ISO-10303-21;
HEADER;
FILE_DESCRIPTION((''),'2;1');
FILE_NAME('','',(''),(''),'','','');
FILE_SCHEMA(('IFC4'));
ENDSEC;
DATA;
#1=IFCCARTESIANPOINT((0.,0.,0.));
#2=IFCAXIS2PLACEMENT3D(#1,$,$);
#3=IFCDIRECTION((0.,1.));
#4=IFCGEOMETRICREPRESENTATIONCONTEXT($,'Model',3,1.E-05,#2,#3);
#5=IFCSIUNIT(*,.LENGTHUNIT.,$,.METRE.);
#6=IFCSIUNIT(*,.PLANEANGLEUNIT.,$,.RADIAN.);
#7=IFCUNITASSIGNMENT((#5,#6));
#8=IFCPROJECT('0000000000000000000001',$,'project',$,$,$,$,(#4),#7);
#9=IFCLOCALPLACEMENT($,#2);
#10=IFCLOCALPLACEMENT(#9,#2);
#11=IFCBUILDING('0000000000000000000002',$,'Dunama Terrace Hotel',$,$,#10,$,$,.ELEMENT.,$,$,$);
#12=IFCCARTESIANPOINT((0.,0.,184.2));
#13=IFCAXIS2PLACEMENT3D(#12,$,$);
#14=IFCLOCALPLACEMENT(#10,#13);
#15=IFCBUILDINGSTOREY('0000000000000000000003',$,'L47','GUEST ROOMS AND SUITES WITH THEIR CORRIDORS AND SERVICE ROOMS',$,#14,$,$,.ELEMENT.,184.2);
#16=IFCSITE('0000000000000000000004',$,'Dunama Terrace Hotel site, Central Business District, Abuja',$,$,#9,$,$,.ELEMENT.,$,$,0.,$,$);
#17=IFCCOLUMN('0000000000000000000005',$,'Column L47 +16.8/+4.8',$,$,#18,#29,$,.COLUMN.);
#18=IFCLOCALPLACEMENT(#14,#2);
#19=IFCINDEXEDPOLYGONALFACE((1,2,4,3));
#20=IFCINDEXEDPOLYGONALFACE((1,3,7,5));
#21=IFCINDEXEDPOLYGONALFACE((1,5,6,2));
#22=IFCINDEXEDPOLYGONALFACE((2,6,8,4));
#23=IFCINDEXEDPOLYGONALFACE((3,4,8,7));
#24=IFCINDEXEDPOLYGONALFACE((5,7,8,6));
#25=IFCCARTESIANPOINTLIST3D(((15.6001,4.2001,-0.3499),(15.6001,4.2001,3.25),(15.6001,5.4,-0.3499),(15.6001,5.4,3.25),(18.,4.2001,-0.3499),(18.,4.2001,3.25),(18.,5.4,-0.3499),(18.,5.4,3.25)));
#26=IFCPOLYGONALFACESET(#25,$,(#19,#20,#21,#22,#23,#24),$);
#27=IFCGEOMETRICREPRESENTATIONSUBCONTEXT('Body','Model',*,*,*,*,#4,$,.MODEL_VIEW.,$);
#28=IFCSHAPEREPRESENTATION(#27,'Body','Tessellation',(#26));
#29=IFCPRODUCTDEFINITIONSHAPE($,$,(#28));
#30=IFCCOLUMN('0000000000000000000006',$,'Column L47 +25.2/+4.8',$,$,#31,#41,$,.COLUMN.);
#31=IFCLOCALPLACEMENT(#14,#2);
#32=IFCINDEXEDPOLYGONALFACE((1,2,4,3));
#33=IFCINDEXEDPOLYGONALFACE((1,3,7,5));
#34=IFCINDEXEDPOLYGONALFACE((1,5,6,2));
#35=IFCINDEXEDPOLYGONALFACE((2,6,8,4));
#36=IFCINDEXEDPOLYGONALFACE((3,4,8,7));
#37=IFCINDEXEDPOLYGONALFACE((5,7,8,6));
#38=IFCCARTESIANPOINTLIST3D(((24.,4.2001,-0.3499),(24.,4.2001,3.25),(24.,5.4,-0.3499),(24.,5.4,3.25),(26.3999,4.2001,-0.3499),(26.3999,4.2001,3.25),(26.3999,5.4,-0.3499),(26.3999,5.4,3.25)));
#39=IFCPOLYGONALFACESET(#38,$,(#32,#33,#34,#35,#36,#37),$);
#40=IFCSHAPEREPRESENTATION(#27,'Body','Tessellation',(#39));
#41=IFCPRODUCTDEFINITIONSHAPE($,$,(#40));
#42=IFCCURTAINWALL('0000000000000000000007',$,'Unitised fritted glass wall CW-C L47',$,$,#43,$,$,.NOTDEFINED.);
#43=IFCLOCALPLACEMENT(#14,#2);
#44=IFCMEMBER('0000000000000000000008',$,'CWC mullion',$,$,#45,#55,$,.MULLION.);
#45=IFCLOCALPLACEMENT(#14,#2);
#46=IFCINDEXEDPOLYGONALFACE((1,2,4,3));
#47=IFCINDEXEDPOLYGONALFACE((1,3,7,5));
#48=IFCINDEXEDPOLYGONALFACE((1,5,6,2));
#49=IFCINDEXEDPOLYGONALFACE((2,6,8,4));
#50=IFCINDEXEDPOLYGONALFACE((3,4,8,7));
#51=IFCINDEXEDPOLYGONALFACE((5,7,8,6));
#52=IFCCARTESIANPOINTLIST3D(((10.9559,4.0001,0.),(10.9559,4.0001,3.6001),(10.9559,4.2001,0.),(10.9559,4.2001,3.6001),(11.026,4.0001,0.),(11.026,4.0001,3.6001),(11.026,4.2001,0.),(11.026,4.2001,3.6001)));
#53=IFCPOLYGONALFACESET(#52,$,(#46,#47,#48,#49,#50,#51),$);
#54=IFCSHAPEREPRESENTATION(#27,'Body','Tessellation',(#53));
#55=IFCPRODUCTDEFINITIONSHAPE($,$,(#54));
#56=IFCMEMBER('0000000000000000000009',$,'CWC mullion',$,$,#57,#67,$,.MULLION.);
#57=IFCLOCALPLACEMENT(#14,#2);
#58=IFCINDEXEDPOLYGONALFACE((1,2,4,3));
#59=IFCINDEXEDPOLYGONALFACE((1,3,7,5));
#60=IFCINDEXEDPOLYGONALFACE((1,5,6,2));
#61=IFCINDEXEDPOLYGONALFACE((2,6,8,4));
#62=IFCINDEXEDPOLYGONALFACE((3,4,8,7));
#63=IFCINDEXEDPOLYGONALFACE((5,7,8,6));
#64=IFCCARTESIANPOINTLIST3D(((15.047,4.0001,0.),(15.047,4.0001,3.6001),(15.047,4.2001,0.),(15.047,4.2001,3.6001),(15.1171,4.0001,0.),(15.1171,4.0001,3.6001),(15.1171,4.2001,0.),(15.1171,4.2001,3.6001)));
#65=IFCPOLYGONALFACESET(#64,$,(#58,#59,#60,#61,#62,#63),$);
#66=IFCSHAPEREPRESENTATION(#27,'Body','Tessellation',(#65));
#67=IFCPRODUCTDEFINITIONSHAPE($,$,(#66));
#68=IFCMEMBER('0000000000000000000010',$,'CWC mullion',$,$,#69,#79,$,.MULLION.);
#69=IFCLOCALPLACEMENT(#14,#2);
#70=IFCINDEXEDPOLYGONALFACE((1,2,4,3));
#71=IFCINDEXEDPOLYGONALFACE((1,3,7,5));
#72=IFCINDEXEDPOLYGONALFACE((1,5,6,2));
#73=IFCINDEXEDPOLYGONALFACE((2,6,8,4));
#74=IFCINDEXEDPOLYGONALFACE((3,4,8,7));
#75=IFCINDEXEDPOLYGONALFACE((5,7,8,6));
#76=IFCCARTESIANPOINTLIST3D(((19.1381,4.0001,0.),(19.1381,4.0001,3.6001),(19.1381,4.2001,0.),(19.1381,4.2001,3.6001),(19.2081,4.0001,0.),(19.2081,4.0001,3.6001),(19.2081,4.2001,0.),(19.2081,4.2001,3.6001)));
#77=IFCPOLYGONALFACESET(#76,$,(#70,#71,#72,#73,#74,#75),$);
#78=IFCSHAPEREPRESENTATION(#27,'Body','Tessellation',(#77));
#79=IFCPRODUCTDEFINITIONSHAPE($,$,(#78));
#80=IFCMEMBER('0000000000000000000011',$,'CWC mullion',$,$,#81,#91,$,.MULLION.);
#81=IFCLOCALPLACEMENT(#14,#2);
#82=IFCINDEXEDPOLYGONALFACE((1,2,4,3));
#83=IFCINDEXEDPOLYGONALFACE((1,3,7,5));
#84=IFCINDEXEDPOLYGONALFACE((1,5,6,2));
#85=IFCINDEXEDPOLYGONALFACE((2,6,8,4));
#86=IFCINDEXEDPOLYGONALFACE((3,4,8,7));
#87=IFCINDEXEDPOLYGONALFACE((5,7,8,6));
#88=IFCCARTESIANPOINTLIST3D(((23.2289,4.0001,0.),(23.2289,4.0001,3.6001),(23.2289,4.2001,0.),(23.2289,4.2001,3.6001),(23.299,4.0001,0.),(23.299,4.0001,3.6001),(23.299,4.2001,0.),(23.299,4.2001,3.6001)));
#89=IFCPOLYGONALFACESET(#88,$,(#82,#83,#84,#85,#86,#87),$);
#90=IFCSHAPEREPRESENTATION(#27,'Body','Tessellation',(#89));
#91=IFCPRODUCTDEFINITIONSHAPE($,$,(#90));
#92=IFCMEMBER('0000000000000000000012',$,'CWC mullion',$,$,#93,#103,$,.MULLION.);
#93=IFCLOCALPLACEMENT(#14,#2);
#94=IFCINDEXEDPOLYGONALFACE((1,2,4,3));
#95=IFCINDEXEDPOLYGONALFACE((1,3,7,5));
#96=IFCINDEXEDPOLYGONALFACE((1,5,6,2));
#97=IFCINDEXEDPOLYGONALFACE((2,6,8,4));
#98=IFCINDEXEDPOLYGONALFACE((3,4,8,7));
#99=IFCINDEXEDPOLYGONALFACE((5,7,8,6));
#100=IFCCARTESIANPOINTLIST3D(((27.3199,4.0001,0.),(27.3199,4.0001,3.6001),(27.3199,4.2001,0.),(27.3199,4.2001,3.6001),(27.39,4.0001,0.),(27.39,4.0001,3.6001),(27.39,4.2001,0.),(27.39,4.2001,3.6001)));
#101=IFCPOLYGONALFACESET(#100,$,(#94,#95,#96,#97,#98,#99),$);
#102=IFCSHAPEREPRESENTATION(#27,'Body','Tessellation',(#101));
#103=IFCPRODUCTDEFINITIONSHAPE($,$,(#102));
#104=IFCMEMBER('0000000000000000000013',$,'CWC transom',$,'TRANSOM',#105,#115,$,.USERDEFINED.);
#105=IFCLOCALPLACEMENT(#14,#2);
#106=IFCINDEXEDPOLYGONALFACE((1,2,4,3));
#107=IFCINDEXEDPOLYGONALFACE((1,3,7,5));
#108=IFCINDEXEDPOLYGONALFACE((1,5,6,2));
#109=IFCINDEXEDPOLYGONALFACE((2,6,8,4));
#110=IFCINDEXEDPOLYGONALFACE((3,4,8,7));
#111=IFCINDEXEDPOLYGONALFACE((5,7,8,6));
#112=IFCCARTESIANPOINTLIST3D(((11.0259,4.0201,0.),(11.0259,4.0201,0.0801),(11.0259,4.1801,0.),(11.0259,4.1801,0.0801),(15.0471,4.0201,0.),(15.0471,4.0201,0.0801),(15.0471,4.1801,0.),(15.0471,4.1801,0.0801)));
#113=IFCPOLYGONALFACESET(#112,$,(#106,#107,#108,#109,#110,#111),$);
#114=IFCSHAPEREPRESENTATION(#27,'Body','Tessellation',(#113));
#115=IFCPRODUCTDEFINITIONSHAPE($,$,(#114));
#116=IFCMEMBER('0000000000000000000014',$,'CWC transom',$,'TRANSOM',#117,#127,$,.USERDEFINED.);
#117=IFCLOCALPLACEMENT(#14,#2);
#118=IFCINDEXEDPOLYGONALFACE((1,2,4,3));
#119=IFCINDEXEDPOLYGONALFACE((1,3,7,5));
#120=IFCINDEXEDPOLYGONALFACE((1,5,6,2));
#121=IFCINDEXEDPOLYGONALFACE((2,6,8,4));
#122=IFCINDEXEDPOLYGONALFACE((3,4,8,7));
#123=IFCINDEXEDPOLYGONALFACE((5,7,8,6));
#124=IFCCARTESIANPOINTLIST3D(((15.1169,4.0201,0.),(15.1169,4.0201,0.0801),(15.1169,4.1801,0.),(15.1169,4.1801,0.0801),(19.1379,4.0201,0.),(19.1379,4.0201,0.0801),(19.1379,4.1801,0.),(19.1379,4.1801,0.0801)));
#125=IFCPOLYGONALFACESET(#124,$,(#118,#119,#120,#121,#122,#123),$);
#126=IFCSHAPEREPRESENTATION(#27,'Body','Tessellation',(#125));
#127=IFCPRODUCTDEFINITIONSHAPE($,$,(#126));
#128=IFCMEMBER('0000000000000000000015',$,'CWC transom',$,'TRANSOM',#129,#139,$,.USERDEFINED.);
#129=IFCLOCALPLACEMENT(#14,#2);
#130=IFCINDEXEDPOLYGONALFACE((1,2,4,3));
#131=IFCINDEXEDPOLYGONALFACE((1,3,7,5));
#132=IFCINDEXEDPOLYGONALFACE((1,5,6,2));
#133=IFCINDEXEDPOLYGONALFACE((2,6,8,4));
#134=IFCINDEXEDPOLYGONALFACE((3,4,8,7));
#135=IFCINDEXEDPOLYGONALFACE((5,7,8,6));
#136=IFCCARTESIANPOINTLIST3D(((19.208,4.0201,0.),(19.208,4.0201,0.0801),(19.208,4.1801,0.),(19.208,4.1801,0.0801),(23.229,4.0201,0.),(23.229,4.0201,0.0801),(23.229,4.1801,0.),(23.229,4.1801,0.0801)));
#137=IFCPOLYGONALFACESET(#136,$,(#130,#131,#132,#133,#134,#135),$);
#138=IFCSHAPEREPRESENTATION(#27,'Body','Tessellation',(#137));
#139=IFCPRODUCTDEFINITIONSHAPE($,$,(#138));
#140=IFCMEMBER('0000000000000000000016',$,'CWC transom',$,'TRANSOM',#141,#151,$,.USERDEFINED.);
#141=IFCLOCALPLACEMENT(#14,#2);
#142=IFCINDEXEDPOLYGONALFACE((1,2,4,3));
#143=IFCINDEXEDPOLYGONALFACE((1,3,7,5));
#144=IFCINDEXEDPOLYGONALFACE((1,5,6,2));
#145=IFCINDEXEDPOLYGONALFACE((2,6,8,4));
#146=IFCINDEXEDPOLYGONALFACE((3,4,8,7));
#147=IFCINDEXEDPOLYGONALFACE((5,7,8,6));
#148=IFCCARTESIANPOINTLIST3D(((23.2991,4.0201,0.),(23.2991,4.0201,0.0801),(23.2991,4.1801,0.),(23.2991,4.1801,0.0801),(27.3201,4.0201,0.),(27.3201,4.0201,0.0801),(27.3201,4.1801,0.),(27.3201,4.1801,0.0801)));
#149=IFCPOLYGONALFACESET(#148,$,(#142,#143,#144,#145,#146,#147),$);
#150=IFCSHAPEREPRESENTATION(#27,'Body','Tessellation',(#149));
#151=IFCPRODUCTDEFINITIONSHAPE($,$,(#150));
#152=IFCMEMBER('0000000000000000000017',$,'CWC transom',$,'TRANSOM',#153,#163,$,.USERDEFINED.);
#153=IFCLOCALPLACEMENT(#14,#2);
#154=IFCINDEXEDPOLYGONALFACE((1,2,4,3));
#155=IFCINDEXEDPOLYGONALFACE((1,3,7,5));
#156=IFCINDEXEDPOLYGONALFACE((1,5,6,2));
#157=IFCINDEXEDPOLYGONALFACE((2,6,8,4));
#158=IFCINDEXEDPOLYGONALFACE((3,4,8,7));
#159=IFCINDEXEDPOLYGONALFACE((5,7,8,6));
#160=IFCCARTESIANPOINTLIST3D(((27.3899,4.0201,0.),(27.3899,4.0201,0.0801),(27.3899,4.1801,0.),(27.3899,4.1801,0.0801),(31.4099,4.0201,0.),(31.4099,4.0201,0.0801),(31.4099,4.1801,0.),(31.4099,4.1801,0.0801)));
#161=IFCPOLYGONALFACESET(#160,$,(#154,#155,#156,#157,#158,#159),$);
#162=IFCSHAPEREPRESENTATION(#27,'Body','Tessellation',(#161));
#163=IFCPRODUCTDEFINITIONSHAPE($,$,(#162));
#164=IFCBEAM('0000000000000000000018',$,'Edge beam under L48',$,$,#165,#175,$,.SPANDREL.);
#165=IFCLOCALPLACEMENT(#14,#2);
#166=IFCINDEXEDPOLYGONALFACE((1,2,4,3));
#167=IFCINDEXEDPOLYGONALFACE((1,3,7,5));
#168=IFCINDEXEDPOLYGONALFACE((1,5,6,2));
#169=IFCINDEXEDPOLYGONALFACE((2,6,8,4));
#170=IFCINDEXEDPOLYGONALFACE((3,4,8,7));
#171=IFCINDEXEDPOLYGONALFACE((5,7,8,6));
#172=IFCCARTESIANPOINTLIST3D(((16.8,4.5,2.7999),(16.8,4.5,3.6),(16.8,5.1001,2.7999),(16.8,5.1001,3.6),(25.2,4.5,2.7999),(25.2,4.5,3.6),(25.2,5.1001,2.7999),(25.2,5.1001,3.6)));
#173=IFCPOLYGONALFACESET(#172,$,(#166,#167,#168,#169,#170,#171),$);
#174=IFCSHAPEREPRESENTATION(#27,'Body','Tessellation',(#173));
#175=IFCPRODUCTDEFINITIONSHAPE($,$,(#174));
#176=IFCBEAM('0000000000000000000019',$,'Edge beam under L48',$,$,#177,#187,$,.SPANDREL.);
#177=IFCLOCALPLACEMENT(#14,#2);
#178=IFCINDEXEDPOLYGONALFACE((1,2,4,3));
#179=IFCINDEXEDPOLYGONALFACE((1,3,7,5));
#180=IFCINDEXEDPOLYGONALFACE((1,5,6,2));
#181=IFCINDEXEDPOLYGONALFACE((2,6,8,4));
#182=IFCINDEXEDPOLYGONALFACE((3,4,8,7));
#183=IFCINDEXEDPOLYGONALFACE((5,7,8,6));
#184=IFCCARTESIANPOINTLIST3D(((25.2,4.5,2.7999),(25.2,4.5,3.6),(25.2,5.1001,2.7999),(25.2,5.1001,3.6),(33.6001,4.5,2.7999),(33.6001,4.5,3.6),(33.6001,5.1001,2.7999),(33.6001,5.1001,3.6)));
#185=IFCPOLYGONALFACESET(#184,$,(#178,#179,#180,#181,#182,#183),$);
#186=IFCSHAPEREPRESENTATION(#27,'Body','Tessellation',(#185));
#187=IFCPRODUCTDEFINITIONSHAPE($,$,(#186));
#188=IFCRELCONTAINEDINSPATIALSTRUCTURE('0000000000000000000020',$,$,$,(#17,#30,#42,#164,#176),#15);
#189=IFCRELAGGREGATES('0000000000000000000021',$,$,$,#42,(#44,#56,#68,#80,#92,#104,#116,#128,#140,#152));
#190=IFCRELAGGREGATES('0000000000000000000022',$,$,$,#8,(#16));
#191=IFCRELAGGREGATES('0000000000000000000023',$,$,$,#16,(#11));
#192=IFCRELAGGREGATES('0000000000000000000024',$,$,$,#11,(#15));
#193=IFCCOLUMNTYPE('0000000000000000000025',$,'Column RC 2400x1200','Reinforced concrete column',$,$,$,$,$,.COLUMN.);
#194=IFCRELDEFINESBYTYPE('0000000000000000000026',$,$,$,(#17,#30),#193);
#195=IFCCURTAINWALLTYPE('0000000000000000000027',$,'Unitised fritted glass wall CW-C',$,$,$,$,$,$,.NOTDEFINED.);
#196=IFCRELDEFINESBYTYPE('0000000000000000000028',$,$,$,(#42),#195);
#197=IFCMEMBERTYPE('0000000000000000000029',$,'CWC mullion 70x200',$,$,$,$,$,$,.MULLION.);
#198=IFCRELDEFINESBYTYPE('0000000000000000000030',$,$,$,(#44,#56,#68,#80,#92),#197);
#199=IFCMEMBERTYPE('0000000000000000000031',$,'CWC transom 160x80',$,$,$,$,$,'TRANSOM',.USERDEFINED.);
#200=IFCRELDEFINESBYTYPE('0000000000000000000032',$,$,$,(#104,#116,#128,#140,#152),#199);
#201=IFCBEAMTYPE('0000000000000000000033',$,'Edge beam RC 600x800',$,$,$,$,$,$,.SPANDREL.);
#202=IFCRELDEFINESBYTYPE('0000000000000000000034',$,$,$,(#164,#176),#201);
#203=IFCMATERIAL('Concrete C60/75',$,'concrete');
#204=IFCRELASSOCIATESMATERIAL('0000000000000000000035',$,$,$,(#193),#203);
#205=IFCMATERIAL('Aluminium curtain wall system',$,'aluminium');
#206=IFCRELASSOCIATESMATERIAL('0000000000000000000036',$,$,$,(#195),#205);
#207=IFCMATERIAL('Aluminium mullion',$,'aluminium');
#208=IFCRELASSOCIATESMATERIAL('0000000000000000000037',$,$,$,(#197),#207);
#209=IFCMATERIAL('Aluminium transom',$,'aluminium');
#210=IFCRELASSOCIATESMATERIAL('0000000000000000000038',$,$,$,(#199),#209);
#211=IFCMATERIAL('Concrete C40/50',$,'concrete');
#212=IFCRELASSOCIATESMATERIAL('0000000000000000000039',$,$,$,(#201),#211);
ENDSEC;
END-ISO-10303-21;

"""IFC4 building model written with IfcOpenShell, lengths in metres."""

from ifc_helpers import new_model, si_unit, direction, frame, origin, origin_2d, place, context, subcontext, project, spatial, rectangle, extrude, material, material_profile, profile_set, type_object, element, aggregate, save


model = new_model("IFC4")

# Units and contexts
model_context = context("Model", 3, precision=1e-05, world=origin(), true_north=direction((0.0, 1.0)))
body_context = subcontext(model_context, "Body", "Model", "MODEL_VIEW")
ifc_project = project(units=[si_unit("LENGTHUNIT", "METRE"), si_unit("PLANEANGLEUNIT", "RADIAN")], contexts=[model_context])

# Site, building, storey
site_placement = place(None, origin())
site = spatial("IfcSite", under=ifc_project, at=site_placement, Name="Dunama Terrace Hotel site, Central Business District, Abuja", CompositionType="ELEMENT", RefElevation=0.0)
building_placement = place(site_placement, origin())
building = spatial("IfcBuilding", under=site, at=building_placement, Name="Dunama Terrace Hotel", CompositionType="ELEMENT")
storey_placement = place(building_placement, frame((0.0, 0.0, 184.2)))
storey = spatial("IfcBuildingStorey", under=building, at=storey_placement, Name="L47", Description="GUEST ROOMS AND SUITES WITH THEIR CORRIDORS AND SERVICE ROOMS", CompositionType="ELEMENT", Elevation=184.2)

# Columns
ifc_material_1 = material(Name="Concrete C60/75", Category="concrete")
ifc_material_profile_1 = material_profile(ifc_material_1, rectangle(XDim=2.3999, YDim=1.2, at=origin_2d()), Name="RC 2400x1200")
ifc_profile_set_1 = profile_set([ifc_material_profile_1], Name="Concrete C60/75")
column_type = type_object("IfcColumnType", Name="Column RC 2400x1200", Description="Reinforced concrete column", PredefinedType="COLUMN", material=ifc_profile_set_1)
for number, where, z_axis, x_axis, name in (
    (1, (16.8, 4.8, -0.3499), (0.0, 0.0, 1.0), (1.0, 0.0, 0.0), "Column L47 +16.8/+4.8"),
    (2, (25.2, 4.8, -0.3499), (0.0, 0.0, 1.0), (1.0, 0.0, 0.0), "Column L47 +25.2/+4.8"),
):
    element("IfcColumn", number, at=place(storey_placement, frame(where, z_axis=z_axis, x_axis=x_axis)), inside=storey, type_object=column_type, Name=name, PredefinedType="COLUMN", context=body_context, shape_type="SweptSolid", body=[
        extrude(rectangle(XDim=2.3999, YDim=1.2, at=origin_2d()), origin(), (0.0, 0.0, 1.0), 3.5999),
    ])

# Curtain wall, members
ifc_material_2 = material(Name="Aluminium curtain wall system", Category="aluminium")
curtain_wall_type = type_object("IfcCurtainWallType", Name="Unitised fritted glass wall CW-C", PredefinedType="NOTDEFINED", material=ifc_material_2)
curtain_wall_placement = place(storey_placement, origin())
curtain_wall = element("IfcCurtainWall", 3, at=curtain_wall_placement, inside=storey, type_object=curtain_wall_type, Name="Unitised fritted glass wall CW-C L47", PredefinedType="NOTDEFINED")
ifc_material_3 = material(Name="Aluminium mullion", Category="aluminium")
ifc_material_profile_2 = material_profile(ifc_material_3, rectangle(XDim=0.0701, YDim=0.2, at=origin_2d()), Name="CWC MULLION 70X200")
ifc_profile_set_2 = profile_set([ifc_material_profile_2], Name="Aluminium mullion")
member_type_1 = type_object("IfcMemberType", Name="CWC mullion 70x200", PredefinedType="MULLION", material=ifc_profile_set_2)
member_1_placement = place(storey_placement, frame((10.991, 4.1001, 0.0), z_axis=(0.0, 0.0, 1.0), x_axis=(1.0, 0.0, 0.0)))
member_1 = element("IfcMember", 4, at=member_1_placement, type_object=member_type_1, Name="CWC mullion", PredefinedType="MULLION", context=body_context, shape_type="SweptSolid", body=[
    extrude(rectangle(XDim=0.0701, YDim=0.2, at=origin_2d()), origin(), (0.0, 0.0, 1.0), 3.6001),
])
member_2_placement = place(storey_placement, frame((15.082, 4.1001, 0.0), z_axis=(0.0, 0.0, 1.0), x_axis=(1.0, 0.0, 0.0)))
member_2 = element("IfcMember", 5, at=member_2_placement, type_object=member_type_1, Name="CWC mullion", PredefinedType="MULLION", context=body_context, shape_type="SweptSolid", body=[
    extrude(rectangle(XDim=0.0701, YDim=0.2, at=origin_2d()), origin(), (0.0, 0.0, 1.0), 3.6001),
])
member_3_placement = place(storey_placement, frame((19.1731, 4.1001, 0.0), z_axis=(0.0, 0.0, 1.0), x_axis=(1.0, 0.0, 0.0)))
member_3 = element("IfcMember", 6, at=member_3_placement, type_object=member_type_1, Name="CWC mullion", PredefinedType="MULLION", context=body_context, shape_type="SweptSolid", body=[
    extrude(rectangle(XDim=0.0701, YDim=0.2, at=origin_2d()), origin(), (0.0, 0.0, 1.0), 3.6001),
])
member_4_placement = place(storey_placement, frame((23.2639, 4.1001, 0.0), z_axis=(0.0, 0.0, 1.0), x_axis=(1.0, 0.0, 0.0)))
member_4 = element("IfcMember", 7, at=member_4_placement, type_object=member_type_1, Name="CWC mullion", PredefinedType="MULLION", context=body_context, shape_type="SweptSolid", body=[
    extrude(rectangle(XDim=0.0701, YDim=0.2, at=origin_2d()), origin(), (0.0, 0.0, 1.0), 3.6001),
])
member_5_placement = place(storey_placement, frame((27.355, 4.1001, 0.0), z_axis=(0.0, 0.0, 1.0), x_axis=(1.0, 0.0, 0.0)))
member_5 = element("IfcMember", 8, at=member_5_placement, type_object=member_type_1, Name="CWC mullion", PredefinedType="MULLION", context=body_context, shape_type="SweptSolid", body=[
    extrude(rectangle(XDim=0.0701, YDim=0.2, at=origin_2d()), origin(), (0.0, 0.0, 1.0), 3.6001),
])
ifc_material_4 = material(Name="Aluminium transom", Category="aluminium")
ifc_material_profile_3 = material_profile(ifc_material_4, rectangle(XDim=0.1599, YDim=0.0801, at=origin_2d()), Name="CWC TRANSOM 160X80")
ifc_profile_set_3 = profile_set([ifc_material_profile_3], Name="Aluminium transom")
member_type_2 = type_object("IfcMemberType", Name="CWC transom 160x80", ElementType="TRANSOM", PredefinedType="USERDEFINED", material=ifc_profile_set_3)
member_6_placement = place(storey_placement, frame((11.0259, 4.1001, 0.04), z_axis=(1.0, 0.0, 0.0), x_axis=(0.0, 1.0, 0.0)))
member_6 = element("IfcMember", 9, at=member_6_placement, type_object=member_type_2, Name="CWC transom", ObjectType="TRANSOM", PredefinedType="USERDEFINED", context=body_context, shape_type="SweptSolid", body=[
    extrude(rectangle(XDim=0.1599, YDim=0.0801, at=origin_2d()), origin(), (0.0, 0.0, 1.0), 4.0212),
])
member_7_placement = place(storey_placement, frame((15.1169, 4.1001, 0.04), z_axis=(1.0, 0.0, 0.0), x_axis=(0.0, 1.0, 0.0)))
member_7 = element("IfcMember", 10, at=member_7_placement, type_object=member_type_2, Name="CWC transom", ObjectType="TRANSOM", PredefinedType="USERDEFINED", context=body_context, shape_type="SweptSolid", body=[
    extrude(rectangle(XDim=0.1599, YDim=0.0801, at=origin_2d()), origin(), (0.0, 0.0, 1.0), 4.021),
])
member_8_placement = place(storey_placement, frame((19.208, 4.1001, 0.04), z_axis=(1.0, 0.0, 0.0), x_axis=(0.0, 1.0, 0.0)))
member_8 = element("IfcMember", 11, at=member_8_placement, type_object=member_type_2, Name="CWC transom", ObjectType="TRANSOM", PredefinedType="USERDEFINED", context=body_context, shape_type="SweptSolid", body=[
    extrude(rectangle(XDim=0.1599, YDim=0.0801, at=origin_2d()), origin(), (0.0, 0.0, 1.0), 4.021),
])
member_9_placement = place(storey_placement, frame((23.2991, 4.1001, 0.04), z_axis=(1.0, 0.0, 0.0), x_axis=(0.0, 1.0, 0.0)))
member_9 = element("IfcMember", 12, at=member_9_placement, type_object=member_type_2, Name="CWC transom", ObjectType="TRANSOM", PredefinedType="USERDEFINED", context=body_context, shape_type="SweptSolid", body=[
    extrude(rectangle(XDim=0.1599, YDim=0.0801, at=origin_2d()), origin(), (0.0, 0.0, 1.0), 4.021),
])
member_10_placement = place(storey_placement, frame((27.3899, 4.1001, 0.04), z_axis=(1.0, 0.0, 0.0), x_axis=(0.0, 1.0, 0.0)))
member_10 = element("IfcMember", 13, at=member_10_placement, type_object=member_type_2, Name="CWC transom", ObjectType="TRANSOM", PredefinedType="USERDEFINED", context=body_context, shape_type="SweptSolid", body=[
    extrude(rectangle(XDim=0.1599, YDim=0.0801, at=origin_2d()), origin(), (0.0, 0.0, 1.0), 4.02),
])

# Beams
ifc_material_5 = material(Name="Concrete C40/50", Category="concrete")
ifc_material_profile_4 = material_profile(ifc_material_5, rectangle(XDim=0.6001, YDim=0.8, at=origin_2d()), Name="RC 600x800")
ifc_profile_set_4 = profile_set([ifc_material_profile_4], Name="Concrete C40/50")
beam_type = type_object("IfcBeamType", Name="Edge beam RC 600x800", PredefinedType="SPANDREL", material=ifc_profile_set_4)
beam_1_placement = place(storey_placement, frame((16.8, 4.8, 3.2), z_axis=(1.0, 0.0, 0.0), x_axis=(0.0, 1.0, 0.0)))
element("IfcBeam", 14, at=beam_1_placement, inside=storey, type_object=beam_type, Name="Edge beam under L48", PredefinedType="SPANDREL", context=body_context, shape_type="SweptSolid", body=[
    extrude(rectangle(XDim=0.6001, YDim=0.8, at=origin_2d()), origin(), (0.0, 0.0, 1.0), 8.3999),
])
beam_2_placement = place(storey_placement, frame((25.2, 4.8, 3.2), z_axis=(1.0, 0.0, 0.0), x_axis=(0.0, 1.0, 0.0)))
element("IfcBeam", 15, at=beam_2_placement, inside=storey, type_object=beam_type, Name="Edge beam under L48", PredefinedType="SPANDREL", context=body_context, shape_type="SweptSolid", body=[
    extrude(rectangle(XDim=0.6001, YDim=0.8, at=origin_2d()), origin(), (0.0, 0.0, 1.0), 8.4001),
])

aggregate(curtain_wall, [member_1, member_2, member_3, member_4, member_5, member_6, member_7, member_8, member_9, member_10])

save(model, "model.ifc")
